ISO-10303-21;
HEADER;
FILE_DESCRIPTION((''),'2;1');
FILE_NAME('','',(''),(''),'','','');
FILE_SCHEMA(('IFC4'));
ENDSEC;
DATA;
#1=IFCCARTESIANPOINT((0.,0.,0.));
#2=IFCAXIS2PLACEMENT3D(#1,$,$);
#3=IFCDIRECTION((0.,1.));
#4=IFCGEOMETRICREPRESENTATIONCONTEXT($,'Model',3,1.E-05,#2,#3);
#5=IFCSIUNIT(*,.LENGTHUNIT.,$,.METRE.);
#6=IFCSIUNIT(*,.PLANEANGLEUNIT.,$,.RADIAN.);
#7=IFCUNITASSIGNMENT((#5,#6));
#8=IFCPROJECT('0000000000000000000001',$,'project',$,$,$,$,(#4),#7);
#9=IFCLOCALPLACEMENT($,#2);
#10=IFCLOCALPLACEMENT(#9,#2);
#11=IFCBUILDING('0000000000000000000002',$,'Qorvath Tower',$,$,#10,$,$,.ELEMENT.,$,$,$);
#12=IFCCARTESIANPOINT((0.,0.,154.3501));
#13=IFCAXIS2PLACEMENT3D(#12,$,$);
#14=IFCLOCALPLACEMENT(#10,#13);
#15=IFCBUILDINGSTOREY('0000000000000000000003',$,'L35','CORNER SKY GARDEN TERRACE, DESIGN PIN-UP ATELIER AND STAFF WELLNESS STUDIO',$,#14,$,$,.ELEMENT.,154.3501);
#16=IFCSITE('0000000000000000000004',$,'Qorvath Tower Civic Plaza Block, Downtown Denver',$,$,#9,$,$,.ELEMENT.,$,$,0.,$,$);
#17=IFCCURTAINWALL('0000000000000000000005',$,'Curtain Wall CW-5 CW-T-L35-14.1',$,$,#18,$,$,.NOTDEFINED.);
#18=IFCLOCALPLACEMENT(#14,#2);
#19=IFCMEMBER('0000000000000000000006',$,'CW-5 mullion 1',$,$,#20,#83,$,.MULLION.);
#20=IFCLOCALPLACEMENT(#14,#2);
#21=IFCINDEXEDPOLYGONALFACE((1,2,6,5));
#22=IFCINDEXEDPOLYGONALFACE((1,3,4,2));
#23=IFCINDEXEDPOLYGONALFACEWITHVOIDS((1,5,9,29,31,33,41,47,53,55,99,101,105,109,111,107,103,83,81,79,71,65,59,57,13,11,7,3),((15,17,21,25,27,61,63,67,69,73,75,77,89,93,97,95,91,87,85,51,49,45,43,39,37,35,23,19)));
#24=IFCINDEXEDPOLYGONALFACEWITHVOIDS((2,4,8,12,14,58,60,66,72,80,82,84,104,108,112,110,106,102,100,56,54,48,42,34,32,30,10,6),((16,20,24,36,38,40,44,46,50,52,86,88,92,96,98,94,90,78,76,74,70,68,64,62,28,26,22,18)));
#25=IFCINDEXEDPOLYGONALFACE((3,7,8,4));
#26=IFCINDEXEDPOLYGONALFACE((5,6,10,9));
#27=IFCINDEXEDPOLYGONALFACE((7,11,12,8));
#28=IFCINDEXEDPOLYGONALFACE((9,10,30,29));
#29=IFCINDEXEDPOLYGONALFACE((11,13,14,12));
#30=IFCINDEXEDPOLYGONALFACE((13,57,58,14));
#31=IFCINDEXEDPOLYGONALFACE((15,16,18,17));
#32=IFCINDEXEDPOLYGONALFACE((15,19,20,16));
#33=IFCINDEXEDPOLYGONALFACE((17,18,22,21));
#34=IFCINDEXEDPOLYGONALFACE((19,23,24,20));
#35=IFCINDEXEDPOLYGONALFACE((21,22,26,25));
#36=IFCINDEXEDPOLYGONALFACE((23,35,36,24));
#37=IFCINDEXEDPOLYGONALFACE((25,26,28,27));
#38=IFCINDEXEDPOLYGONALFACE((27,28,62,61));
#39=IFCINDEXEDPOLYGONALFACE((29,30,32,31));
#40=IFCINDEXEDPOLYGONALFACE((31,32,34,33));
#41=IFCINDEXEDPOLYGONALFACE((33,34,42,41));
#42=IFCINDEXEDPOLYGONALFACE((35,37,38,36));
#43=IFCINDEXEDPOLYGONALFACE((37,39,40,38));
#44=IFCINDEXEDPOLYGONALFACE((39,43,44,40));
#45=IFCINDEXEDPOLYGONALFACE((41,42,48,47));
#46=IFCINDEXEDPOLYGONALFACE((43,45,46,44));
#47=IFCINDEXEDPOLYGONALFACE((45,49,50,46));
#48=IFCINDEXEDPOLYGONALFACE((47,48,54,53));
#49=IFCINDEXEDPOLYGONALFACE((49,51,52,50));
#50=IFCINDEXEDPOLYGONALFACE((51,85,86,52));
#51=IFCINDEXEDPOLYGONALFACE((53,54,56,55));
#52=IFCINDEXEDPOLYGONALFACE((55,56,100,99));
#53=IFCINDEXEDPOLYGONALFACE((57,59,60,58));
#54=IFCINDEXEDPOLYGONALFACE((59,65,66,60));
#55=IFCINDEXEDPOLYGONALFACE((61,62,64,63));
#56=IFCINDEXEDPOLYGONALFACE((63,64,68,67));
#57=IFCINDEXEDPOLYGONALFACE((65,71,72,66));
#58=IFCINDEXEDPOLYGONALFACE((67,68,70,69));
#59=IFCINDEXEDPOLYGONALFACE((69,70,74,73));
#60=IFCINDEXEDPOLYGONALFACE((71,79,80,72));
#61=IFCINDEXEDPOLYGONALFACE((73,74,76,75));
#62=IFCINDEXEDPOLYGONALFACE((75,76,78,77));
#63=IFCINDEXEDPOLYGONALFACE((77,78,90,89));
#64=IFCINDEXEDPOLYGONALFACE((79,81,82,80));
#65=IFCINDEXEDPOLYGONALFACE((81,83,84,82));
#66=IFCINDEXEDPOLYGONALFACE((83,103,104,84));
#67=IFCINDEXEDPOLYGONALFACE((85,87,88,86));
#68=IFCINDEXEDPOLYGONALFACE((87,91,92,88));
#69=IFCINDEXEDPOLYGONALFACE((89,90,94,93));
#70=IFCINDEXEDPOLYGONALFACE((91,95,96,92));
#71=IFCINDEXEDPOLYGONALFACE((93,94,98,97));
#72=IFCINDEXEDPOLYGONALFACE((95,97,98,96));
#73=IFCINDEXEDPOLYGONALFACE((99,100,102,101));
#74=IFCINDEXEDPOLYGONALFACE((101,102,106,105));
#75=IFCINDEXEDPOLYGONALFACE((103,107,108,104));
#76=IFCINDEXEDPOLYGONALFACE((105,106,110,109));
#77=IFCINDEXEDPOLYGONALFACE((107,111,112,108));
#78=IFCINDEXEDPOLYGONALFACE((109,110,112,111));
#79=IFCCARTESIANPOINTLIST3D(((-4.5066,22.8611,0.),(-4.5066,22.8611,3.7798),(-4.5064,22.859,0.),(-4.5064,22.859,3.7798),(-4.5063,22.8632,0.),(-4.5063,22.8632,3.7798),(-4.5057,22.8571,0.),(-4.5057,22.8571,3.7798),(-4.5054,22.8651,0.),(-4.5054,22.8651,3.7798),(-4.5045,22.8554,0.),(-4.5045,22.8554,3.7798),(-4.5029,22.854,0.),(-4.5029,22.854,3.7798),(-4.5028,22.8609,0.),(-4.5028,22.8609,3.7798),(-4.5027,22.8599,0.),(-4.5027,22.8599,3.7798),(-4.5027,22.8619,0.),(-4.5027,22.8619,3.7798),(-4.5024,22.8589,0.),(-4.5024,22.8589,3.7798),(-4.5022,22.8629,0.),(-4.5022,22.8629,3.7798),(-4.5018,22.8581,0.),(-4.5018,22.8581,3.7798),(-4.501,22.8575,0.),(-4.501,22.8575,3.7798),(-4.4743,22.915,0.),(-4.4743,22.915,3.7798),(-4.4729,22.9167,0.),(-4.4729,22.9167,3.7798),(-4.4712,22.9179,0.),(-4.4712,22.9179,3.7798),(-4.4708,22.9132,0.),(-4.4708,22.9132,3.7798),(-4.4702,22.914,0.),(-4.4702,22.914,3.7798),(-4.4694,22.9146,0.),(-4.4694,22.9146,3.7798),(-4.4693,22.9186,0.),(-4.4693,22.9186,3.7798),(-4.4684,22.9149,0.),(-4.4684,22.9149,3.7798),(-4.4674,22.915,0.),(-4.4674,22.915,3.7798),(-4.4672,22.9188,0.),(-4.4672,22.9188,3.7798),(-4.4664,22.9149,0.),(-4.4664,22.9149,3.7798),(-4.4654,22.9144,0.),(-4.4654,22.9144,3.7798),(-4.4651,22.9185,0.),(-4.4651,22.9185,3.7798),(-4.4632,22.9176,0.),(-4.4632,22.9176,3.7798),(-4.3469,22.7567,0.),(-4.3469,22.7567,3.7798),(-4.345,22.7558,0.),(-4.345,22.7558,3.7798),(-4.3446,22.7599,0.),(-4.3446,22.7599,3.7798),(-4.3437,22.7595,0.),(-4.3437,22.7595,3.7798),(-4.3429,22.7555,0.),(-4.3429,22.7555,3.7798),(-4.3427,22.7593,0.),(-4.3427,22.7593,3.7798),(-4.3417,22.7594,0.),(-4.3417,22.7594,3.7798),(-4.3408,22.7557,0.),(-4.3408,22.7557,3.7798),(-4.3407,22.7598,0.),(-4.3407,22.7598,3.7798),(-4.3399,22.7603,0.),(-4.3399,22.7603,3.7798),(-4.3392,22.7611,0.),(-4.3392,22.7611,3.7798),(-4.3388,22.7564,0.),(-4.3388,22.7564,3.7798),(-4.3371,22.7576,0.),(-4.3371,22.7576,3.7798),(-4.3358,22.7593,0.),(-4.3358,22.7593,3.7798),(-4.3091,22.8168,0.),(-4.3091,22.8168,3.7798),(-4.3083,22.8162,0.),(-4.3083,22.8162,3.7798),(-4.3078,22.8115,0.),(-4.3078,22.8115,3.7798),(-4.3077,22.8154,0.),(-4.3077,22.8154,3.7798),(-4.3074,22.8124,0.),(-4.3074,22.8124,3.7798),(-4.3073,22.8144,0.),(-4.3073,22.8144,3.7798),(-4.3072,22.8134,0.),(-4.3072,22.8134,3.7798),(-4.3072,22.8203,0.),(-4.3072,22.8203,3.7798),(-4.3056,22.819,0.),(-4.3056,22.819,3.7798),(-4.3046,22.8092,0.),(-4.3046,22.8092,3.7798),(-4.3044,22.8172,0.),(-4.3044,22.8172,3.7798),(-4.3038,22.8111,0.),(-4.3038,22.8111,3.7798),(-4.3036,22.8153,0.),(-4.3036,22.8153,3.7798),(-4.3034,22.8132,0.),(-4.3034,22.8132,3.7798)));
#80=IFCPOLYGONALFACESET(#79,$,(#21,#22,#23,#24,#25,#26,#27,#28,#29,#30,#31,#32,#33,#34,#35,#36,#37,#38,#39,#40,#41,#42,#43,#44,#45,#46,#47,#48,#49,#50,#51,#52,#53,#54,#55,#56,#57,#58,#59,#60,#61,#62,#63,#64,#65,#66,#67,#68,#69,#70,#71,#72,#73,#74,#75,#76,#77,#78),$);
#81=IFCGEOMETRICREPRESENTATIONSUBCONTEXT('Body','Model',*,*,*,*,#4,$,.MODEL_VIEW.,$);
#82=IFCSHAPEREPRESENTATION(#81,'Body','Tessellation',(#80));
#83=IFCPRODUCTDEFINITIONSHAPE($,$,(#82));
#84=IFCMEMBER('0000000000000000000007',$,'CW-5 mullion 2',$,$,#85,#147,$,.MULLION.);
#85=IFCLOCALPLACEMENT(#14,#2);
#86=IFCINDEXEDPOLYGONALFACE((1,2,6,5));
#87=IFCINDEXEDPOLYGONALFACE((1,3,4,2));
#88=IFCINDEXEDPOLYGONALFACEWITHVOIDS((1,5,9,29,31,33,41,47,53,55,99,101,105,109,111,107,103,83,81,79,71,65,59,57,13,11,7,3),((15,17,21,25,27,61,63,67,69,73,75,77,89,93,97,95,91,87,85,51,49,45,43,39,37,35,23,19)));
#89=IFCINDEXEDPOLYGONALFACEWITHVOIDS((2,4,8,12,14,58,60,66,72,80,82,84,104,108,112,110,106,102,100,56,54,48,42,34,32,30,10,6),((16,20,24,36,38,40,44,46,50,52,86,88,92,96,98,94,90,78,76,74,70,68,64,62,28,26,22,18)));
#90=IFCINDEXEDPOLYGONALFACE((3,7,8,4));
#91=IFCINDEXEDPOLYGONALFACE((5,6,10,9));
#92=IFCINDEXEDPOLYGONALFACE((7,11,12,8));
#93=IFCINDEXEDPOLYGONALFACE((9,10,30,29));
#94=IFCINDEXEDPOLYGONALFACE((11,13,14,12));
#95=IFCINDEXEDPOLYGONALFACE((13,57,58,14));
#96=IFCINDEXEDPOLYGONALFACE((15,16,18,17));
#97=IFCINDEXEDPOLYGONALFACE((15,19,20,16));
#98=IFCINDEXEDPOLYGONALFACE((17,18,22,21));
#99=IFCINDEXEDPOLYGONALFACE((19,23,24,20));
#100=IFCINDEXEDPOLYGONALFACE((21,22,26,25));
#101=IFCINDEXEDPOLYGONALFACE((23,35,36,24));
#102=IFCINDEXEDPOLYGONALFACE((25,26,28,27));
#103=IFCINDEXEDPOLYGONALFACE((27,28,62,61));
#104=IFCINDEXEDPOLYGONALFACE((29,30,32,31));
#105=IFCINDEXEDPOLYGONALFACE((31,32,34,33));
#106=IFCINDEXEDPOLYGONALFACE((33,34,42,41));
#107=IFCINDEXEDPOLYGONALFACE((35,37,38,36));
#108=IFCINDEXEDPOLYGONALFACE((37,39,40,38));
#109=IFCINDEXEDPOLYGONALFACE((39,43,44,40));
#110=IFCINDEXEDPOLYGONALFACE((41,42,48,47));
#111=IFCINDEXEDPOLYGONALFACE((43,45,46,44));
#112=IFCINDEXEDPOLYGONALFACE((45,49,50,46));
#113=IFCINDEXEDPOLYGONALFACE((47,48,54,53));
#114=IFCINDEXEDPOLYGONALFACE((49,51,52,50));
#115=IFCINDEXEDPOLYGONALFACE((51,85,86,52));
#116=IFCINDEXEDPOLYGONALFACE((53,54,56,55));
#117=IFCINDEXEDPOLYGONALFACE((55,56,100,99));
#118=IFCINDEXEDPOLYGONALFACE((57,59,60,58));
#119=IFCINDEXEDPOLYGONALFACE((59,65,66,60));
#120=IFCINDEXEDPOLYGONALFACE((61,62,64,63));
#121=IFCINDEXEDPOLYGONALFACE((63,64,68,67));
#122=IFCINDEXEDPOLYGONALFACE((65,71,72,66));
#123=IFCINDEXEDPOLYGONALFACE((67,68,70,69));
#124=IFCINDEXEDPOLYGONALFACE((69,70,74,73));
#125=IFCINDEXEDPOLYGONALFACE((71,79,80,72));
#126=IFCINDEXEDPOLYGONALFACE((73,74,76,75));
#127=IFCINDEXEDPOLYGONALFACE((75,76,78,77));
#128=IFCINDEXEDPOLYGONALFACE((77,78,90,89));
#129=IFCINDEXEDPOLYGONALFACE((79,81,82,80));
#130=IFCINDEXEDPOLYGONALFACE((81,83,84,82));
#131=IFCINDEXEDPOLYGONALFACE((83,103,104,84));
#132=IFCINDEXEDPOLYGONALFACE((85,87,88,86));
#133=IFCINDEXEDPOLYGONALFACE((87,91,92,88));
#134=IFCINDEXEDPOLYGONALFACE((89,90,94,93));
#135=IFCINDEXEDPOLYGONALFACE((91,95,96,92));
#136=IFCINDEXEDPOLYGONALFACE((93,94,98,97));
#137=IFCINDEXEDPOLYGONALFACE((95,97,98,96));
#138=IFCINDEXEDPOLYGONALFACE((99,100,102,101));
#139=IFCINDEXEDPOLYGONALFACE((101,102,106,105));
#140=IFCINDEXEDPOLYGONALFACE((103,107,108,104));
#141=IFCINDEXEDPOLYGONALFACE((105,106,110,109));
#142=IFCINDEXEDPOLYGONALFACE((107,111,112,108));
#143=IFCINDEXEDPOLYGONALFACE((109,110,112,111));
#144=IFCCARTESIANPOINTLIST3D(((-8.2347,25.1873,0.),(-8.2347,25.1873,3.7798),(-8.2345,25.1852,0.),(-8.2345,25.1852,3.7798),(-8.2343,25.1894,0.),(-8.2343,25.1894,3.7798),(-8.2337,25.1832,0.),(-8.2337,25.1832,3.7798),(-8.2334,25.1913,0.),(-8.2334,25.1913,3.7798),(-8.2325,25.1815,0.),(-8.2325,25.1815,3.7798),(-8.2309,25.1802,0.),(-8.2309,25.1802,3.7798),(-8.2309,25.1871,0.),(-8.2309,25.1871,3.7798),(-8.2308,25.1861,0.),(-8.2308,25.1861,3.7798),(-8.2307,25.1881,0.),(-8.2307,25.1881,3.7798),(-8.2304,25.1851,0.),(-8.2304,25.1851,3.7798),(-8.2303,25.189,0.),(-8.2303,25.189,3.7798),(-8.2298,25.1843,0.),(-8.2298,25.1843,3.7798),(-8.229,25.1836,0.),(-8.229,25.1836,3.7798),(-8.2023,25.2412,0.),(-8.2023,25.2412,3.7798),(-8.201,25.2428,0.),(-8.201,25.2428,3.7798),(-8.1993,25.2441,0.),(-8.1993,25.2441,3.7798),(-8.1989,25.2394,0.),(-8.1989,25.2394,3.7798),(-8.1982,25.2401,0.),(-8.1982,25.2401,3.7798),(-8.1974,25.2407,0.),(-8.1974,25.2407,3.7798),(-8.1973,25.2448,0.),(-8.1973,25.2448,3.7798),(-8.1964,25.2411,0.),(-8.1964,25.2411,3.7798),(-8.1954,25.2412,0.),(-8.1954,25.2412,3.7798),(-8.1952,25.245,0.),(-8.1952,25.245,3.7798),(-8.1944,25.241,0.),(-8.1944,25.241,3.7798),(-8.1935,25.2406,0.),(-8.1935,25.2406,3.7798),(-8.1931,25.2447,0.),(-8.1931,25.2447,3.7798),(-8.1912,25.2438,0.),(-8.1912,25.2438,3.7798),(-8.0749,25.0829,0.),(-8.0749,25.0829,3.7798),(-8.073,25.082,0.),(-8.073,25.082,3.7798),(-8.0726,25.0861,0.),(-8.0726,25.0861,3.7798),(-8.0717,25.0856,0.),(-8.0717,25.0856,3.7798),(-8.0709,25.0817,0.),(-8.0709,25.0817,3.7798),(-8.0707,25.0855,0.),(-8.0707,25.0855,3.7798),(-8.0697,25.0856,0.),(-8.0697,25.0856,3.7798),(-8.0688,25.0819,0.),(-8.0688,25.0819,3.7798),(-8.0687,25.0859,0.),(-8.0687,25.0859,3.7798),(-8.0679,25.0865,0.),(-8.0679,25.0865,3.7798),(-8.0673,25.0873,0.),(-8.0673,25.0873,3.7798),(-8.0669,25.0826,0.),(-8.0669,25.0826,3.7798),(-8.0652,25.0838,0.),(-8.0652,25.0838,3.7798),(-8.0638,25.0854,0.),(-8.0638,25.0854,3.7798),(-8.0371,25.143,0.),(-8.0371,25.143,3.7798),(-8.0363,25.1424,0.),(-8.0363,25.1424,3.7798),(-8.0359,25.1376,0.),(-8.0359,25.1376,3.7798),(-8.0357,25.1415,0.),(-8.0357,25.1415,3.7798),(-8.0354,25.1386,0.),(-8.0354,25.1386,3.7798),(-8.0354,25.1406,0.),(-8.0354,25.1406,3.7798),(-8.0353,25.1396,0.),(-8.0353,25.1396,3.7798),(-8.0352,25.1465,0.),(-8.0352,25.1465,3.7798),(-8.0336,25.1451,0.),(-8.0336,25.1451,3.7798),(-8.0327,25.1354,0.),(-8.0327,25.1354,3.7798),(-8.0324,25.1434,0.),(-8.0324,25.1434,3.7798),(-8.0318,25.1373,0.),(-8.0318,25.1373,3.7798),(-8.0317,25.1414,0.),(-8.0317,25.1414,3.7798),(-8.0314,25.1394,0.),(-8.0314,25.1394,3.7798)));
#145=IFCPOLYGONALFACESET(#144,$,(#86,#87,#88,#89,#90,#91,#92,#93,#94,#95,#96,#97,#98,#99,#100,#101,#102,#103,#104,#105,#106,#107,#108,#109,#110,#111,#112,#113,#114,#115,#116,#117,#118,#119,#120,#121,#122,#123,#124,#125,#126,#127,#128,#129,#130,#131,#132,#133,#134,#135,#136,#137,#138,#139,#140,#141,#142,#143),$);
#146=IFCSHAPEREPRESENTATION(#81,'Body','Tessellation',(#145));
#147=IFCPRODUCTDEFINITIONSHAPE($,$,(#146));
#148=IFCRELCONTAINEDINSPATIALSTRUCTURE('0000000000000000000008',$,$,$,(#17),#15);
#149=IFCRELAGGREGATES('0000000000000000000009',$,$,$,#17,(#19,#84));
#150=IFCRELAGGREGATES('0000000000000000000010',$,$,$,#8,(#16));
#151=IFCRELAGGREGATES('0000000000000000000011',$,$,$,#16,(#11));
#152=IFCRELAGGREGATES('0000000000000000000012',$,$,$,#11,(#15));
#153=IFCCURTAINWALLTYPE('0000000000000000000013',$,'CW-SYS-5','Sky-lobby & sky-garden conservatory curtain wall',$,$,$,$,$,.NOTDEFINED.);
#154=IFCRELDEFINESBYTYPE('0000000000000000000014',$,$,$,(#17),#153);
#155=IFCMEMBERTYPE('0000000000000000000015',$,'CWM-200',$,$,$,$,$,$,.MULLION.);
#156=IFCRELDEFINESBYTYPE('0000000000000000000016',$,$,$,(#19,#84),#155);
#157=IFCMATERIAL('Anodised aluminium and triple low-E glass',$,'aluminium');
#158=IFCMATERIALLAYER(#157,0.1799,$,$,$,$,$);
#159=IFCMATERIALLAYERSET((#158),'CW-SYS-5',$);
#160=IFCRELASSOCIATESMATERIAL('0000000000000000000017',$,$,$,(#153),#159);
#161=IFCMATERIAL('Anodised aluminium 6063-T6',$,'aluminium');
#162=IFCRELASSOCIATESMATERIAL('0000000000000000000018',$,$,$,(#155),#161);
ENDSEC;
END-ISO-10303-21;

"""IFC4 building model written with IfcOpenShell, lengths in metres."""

from ifc_helpers import new_model, si_unit, direction, frame, origin, origin_2d, place, context, subcontext, project, spatial, hollow_rectangle, extrude, material, layer, layer_set, material_profile, profile_set, type_object, element, aggregate, save


model = new_model("IFC4")

# Units and contexts
model_context = context("Model", 3, precision=1e-05, world=origin(), true_north=direction((0.0, 1.0)))
body_context = subcontext(model_context, "Body", "Model", "MODEL_VIEW")
ifc_project = project(units=[si_unit("LENGTHUNIT", "METRE"), si_unit("PLANEANGLEUNIT", "RADIAN")], contexts=[model_context])

# Site, building, storey
site_placement = place(None, origin())
site = spatial("IfcSite", under=ifc_project, at=site_placement, Name="Qorvath Tower Civic Plaza Block, Downtown Denver", CompositionType="ELEMENT", RefElevation=0.0)
building_placement = place(site_placement, origin())
building = spatial("IfcBuilding", under=site, at=building_placement, Name="Qorvath Tower", CompositionType="ELEMENT")
storey_placement = place(building_placement, frame((0.0, 0.0, 154.3501)))
storey = spatial("IfcBuildingStorey", under=building, at=storey_placement, Name="L35", Description="CORNER SKY GARDEN TERRACE, DESIGN PIN-UP ATELIER AND STAFF WELLNESS STUDIO", CompositionType="ELEMENT", Elevation=154.3501)

# Shared definitions
ifc_material_1 = material(Name="Anodised aluminium and triple low-E glass", Category="aluminium")
ifc_layer_1 = layer(ifc_material_1, 0.1799)
ifc_layer_set_1 = layer_set([ifc_layer_1], Name="CW-SYS-5")
curtain_wall_type = type_object("IfcCurtainWallType", Name="CW-SYS-5", Description="Sky-lobby & sky-garden conservatory curtain wall", PredefinedType="NOTDEFINED", material=ifc_layer_set_1)
ifc_material_2 = material(Name="Anodised aluminium 6063-T6", Category="aluminium")
ifc_material_profile_1 = material_profile(ifc_material_2, hollow_rectangle(XDim=0.075, YDim=0.2, WallThickness=0.0039, InnerFilletRadius=0.0039, OuterFilletRadius=0.0081, at=origin_2d()), Name="CWM 200x75")
ifc_profile_set_1 = profile_set([ifc_material_profile_1], Name="Anodised aluminium 6063-T6")
member_type_1 = type_object("IfcMemberType", Name="CWM-200", PredefinedType="MULLION", material=ifc_profile_set_1)

# Curtain wall, members
curtain_wall_1_placement = place(storey_placement, origin())
curtain_wall_1 = element("IfcCurtainWall", 1, at=curtain_wall_1_placement, inside=storey, type_object=curtain_wall_type, Name="Curtain Wall CW-5 CW-T-L35-14.1", PredefinedType="NOTDEFINED")
member_1_placement = place(storey_placement, frame((-4.405, 22.8372, 0.0), z_axis=(0.0, 0.0, 1.0), x_axis=(-0.529393, -0.848377, 0.0)))
member_1 = element("IfcMember", 2, at=member_1_placement, type_object=member_type_1, Name="CW-5 mullion 1", PredefinedType="MULLION", context=body_context, shape_type="SweptSolid", body=[
    extrude(hollow_rectangle(XDim=0.075, YDim=0.2, WallThickness=0.0039, InnerFilletRadius=0.0039, OuterFilletRadius=0.0081, at=origin_2d()), origin(), (0.0, 0.0, 1.0), 3.7798),
])
member_2_placement = place(storey_placement, frame((-8.1331, 25.1633, 0.0), z_axis=(0.0, 0.0, 1.0), x_axis=(-0.529393, -0.848377, 0.0)))
member_2 = element("IfcMember", 3, at=member_2_placement, type_object=member_type_1, Name="CW-5 mullion 2", PredefinedType="MULLION", context=body_context, shape_type="SweptSolid", body=[
    extrude(hollow_rectangle(XDim=0.075, YDim=0.2, WallThickness=0.0039, InnerFilletRadius=0.0039, OuterFilletRadius=0.0081, at=origin_2d()), origin(), (0.0, 0.0, 1.0), 3.7798),
])

aggregate(curtain_wall_1, [member_1, member_2])

save(model, "model.ifc")
